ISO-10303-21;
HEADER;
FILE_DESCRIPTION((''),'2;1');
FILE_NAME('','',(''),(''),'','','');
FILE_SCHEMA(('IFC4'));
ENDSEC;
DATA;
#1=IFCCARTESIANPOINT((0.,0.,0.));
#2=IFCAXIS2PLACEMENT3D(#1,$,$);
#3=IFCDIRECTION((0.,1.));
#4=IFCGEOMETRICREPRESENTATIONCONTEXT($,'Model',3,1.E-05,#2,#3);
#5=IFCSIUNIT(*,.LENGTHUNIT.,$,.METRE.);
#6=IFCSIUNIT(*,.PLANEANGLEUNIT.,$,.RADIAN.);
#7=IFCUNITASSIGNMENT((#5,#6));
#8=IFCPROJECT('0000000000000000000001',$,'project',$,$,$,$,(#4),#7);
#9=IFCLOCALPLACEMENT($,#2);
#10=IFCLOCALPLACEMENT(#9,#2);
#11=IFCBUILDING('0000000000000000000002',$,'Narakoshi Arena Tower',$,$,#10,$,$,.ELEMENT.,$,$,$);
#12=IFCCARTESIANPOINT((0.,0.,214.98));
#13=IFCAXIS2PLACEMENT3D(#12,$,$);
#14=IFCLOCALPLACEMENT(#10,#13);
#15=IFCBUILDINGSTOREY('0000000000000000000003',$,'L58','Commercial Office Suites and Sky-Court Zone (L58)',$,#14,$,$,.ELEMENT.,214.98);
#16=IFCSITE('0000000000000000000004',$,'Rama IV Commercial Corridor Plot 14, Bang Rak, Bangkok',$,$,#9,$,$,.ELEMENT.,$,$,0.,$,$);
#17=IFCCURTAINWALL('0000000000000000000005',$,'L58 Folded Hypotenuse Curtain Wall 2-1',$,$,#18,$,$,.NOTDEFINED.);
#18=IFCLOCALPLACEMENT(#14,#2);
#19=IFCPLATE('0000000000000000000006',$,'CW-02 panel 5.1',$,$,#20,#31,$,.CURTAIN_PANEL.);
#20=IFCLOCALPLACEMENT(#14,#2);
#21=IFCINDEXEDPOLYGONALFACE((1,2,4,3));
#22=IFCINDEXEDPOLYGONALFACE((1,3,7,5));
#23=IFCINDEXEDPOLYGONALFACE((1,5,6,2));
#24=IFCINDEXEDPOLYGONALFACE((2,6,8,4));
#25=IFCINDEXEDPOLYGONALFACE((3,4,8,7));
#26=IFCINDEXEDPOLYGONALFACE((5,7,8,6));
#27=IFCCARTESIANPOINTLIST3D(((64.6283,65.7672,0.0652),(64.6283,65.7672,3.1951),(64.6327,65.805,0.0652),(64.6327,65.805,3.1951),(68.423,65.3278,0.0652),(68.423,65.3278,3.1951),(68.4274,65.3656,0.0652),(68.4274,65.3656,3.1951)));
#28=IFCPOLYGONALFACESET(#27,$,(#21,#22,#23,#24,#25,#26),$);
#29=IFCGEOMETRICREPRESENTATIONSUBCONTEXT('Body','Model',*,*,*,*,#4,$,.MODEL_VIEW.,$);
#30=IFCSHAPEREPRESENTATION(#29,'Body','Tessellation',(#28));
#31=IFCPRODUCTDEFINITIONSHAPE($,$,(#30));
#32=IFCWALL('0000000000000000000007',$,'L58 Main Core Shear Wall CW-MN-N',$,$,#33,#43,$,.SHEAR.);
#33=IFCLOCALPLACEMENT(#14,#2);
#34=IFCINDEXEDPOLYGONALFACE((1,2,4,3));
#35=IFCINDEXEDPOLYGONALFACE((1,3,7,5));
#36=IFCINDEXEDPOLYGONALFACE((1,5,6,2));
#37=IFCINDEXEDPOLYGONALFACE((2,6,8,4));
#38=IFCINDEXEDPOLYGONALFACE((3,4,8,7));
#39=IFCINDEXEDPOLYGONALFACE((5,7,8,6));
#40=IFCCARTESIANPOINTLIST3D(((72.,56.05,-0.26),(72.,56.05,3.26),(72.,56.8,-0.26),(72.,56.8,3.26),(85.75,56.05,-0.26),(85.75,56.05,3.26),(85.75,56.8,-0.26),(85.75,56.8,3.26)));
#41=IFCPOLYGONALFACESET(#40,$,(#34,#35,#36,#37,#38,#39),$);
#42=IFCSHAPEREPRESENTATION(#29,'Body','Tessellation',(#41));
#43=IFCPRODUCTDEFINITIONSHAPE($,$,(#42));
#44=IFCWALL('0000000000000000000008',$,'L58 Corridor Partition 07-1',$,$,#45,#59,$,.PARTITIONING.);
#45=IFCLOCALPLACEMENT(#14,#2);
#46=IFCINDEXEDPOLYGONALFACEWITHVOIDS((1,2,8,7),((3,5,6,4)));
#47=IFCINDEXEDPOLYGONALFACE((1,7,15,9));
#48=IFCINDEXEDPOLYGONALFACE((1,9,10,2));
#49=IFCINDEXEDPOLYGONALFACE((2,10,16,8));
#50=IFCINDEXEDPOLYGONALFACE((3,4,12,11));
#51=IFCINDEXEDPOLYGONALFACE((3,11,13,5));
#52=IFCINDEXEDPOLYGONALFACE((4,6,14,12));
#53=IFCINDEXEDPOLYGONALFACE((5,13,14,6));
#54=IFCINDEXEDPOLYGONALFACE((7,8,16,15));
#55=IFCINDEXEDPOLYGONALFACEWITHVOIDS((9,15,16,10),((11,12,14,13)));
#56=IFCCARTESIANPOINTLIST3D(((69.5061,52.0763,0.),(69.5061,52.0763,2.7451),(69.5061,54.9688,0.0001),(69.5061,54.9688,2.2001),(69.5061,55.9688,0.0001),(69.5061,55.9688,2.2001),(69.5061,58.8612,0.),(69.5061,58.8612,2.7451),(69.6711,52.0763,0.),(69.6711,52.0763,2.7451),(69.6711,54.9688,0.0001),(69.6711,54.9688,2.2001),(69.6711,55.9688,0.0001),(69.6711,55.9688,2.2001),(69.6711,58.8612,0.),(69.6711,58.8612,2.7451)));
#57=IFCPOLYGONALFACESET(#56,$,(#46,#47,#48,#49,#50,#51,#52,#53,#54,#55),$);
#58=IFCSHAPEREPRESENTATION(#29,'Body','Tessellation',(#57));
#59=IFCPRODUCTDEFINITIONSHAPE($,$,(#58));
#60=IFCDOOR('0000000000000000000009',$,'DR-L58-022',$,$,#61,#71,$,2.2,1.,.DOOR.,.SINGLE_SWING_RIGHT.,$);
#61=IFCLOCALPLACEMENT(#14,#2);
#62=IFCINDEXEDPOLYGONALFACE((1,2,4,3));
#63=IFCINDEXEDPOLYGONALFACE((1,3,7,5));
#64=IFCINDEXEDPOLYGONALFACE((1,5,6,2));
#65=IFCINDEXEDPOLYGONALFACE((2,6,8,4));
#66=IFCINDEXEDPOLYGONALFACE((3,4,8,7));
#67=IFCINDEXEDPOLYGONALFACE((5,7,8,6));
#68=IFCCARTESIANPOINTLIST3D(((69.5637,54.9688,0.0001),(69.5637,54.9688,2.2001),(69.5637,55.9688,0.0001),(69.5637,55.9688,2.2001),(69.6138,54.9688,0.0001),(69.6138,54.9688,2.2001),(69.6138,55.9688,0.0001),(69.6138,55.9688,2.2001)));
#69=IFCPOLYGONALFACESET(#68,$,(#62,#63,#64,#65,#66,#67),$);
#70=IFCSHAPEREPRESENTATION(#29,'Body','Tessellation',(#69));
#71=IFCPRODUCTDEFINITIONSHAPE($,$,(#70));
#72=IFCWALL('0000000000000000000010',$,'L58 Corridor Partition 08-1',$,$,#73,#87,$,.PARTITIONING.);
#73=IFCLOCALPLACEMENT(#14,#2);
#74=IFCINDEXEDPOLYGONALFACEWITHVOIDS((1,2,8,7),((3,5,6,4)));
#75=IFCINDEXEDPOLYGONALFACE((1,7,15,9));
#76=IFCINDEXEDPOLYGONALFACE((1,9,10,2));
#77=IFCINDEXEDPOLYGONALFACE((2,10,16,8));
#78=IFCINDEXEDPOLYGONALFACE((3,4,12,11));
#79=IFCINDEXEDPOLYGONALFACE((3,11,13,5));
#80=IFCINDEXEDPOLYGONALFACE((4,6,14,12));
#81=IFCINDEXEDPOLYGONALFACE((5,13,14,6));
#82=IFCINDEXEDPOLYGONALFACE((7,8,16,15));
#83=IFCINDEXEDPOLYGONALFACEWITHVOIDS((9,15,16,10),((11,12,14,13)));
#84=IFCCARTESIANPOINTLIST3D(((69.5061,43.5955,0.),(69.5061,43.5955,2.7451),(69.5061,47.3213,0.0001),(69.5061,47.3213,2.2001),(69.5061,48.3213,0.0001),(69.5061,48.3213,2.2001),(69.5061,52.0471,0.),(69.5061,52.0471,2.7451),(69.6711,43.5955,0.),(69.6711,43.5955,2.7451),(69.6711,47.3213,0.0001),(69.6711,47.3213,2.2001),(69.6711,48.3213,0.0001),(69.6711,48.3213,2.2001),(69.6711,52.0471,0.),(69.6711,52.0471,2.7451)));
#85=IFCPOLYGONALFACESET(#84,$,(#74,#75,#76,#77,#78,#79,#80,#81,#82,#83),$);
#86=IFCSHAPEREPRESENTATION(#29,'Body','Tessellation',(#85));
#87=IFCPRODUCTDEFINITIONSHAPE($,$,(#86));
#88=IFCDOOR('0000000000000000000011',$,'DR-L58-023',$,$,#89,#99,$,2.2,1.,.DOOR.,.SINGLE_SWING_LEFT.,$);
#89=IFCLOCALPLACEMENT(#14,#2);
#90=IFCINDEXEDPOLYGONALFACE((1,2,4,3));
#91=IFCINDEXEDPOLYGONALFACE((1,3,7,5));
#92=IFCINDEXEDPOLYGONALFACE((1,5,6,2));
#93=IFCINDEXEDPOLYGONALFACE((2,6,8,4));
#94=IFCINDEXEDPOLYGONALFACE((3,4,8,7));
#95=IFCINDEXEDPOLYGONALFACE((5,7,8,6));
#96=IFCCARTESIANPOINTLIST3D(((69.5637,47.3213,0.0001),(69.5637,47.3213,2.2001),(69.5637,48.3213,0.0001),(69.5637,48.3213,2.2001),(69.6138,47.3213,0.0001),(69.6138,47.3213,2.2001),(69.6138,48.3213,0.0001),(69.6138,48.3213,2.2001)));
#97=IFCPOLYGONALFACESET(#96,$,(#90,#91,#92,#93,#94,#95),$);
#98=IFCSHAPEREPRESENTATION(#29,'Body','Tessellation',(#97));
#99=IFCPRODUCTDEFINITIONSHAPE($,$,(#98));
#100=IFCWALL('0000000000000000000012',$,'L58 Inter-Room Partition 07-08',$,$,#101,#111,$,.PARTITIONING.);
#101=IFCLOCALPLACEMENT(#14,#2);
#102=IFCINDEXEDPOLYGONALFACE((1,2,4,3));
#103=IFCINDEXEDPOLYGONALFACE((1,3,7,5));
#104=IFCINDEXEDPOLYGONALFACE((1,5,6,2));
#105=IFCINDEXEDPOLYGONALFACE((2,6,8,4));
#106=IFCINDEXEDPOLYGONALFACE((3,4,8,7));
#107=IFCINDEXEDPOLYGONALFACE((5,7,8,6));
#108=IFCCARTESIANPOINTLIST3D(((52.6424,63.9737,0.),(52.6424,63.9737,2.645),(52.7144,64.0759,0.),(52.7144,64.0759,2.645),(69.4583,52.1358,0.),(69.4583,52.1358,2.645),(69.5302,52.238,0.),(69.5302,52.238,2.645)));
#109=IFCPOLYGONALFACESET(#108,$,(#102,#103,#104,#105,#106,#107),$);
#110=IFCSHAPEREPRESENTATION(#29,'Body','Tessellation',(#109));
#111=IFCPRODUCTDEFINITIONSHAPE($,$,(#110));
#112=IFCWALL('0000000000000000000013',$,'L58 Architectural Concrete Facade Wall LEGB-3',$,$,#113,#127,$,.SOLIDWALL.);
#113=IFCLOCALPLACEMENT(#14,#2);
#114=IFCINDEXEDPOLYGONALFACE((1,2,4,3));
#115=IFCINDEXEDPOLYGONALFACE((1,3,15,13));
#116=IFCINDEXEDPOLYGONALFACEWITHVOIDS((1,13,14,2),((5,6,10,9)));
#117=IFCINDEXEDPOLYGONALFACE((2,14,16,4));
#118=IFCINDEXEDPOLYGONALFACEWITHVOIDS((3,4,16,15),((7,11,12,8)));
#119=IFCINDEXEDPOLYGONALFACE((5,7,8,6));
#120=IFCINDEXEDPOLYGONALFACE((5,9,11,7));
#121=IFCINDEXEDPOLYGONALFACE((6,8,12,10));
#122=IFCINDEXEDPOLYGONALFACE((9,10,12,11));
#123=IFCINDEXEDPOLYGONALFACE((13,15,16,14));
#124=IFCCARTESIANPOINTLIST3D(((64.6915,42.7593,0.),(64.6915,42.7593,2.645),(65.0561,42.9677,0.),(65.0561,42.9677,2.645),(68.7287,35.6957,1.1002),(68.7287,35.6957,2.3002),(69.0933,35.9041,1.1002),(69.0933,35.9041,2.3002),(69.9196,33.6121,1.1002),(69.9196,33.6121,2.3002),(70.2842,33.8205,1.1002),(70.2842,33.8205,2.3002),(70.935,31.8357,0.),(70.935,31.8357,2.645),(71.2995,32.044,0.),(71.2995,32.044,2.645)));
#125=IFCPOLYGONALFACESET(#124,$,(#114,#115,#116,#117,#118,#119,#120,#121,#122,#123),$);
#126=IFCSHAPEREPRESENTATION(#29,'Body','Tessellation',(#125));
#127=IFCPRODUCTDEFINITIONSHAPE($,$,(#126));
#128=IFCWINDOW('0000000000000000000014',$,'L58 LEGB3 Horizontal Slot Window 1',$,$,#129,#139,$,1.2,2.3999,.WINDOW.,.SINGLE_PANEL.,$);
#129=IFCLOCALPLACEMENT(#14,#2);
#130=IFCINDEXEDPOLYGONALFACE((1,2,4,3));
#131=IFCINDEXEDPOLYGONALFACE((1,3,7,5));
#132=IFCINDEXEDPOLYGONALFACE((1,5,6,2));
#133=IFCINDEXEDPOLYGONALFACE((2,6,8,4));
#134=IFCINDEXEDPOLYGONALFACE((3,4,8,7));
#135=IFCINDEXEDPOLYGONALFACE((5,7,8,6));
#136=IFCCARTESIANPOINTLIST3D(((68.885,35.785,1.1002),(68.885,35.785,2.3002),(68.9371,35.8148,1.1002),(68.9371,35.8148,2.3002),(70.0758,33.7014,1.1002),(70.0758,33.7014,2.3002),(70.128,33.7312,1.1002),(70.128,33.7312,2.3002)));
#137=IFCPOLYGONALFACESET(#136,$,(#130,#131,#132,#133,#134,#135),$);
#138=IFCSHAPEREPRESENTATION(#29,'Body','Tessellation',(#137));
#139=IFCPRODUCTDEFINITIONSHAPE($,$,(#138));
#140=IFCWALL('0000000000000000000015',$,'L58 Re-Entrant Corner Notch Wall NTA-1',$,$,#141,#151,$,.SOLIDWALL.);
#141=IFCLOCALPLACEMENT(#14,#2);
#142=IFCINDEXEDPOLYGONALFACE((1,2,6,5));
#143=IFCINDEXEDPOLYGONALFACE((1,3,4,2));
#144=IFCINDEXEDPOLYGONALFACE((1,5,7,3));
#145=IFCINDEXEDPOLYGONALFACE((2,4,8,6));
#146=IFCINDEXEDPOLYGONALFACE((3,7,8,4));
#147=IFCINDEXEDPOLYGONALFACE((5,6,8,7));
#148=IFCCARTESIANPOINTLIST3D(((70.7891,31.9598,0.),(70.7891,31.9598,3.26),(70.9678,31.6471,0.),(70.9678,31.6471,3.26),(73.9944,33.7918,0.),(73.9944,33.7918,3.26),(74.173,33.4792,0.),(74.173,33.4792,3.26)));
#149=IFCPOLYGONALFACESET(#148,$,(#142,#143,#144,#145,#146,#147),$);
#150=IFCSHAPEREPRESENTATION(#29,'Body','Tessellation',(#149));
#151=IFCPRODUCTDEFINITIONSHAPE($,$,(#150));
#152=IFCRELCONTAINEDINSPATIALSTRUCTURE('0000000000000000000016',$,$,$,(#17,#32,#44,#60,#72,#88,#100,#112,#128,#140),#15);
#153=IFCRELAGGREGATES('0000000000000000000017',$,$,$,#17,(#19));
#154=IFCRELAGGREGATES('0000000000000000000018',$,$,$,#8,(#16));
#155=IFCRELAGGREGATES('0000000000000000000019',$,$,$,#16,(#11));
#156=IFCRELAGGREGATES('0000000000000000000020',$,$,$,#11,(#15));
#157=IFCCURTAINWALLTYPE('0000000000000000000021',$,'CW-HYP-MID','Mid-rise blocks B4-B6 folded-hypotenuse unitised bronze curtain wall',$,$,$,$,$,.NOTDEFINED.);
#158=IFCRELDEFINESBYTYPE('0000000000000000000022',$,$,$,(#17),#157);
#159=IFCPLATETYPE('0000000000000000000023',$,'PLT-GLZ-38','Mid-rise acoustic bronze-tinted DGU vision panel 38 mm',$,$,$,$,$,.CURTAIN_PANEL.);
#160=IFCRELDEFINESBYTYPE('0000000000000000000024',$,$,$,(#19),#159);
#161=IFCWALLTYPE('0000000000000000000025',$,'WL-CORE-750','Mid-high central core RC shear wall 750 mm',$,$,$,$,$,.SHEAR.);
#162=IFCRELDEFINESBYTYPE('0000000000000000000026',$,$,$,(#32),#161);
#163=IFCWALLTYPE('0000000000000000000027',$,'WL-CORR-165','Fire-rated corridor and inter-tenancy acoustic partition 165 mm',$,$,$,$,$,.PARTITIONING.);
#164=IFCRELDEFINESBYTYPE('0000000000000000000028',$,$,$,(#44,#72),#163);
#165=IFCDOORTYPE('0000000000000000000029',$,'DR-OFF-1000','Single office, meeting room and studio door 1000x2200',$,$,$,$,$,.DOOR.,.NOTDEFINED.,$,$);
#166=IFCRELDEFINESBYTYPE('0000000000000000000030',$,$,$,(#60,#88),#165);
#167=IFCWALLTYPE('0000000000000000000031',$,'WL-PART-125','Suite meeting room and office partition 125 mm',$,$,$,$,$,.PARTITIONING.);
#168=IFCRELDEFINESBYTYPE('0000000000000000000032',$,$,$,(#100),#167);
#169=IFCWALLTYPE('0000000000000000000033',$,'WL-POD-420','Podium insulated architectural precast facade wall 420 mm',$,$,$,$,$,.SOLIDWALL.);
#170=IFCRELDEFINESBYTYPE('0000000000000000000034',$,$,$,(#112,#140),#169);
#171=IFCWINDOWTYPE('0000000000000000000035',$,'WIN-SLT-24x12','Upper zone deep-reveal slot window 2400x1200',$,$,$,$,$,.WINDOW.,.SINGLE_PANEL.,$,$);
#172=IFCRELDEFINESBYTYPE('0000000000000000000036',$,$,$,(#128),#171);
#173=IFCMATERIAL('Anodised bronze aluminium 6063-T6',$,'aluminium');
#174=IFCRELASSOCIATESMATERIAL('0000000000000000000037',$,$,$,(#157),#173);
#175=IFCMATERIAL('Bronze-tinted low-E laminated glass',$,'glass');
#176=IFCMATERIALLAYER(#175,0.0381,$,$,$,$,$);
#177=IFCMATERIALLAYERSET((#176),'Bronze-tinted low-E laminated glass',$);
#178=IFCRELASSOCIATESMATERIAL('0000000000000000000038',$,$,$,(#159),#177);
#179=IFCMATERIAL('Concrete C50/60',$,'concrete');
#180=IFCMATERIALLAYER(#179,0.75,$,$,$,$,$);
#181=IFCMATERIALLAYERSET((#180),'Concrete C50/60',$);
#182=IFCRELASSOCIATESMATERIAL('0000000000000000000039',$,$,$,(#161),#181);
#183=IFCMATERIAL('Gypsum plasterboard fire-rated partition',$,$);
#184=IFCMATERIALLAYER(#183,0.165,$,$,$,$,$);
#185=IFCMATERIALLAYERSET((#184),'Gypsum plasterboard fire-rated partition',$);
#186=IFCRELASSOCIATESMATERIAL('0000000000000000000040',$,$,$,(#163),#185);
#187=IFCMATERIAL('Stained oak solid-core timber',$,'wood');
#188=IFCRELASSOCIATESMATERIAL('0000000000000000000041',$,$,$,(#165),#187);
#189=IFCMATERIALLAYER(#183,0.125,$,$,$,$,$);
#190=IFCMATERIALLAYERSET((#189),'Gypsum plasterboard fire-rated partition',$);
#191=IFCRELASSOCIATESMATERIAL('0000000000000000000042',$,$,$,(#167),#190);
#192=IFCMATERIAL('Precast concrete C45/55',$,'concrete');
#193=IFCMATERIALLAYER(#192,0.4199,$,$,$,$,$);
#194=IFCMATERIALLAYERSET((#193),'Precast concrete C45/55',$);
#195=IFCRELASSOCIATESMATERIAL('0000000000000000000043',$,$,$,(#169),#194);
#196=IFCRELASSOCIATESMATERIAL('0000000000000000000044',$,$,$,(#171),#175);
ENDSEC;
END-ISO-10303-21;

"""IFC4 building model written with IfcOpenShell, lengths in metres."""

from ifc_helpers import new_model, si_unit, direction, frame, frame_2d, origin, origin_2d, place, context, subcontext, project, spatial, rectangle, extrude, material, layer, layer_set, type_object, element, fill, aggregate, save


model = new_model("IFC4")

# Units and contexts
model_context = context("Model", 3, precision=1e-05, world=origin(), true_north=direction((0.0, 1.0)))
body_context = subcontext(model_context, "Body", "Model", "MODEL_VIEW")
ifc_project = project(units=[si_unit("LENGTHUNIT", "METRE"), si_unit("PLANEANGLEUNIT", "RADIAN")], contexts=[model_context])

# Site, building, storey
site_placement = place(None, origin())
site = spatial("IfcSite", under=ifc_project, at=site_placement, Name="Rama IV Commercial Corridor Plot 14, Bang Rak, Bangkok", CompositionType="ELEMENT", RefElevation=0.0)
building_placement = place(site_placement, origin())
building = spatial("IfcBuilding", under=site, at=building_placement, Name="Narakoshi Arena Tower", CompositionType="ELEMENT")
storey_placement = place(building_placement, frame((0.0, 0.0, 214.98)))
storey = spatial("IfcBuildingStorey", under=building, at=storey_placement, Name="L58", Description="Commercial Office Suites and Sky-Court Zone (L58)", CompositionType="ELEMENT", Elevation=214.98)

# Shared definitions
ifc_material_1 = material(Name="Concrete C50/60", Category="concrete")

# Curtain wall, plate
ifc_material_2 = material(Name="Anodised bronze aluminium 6063-T6", Category="aluminium")
curtain_wall_type = type_object("IfcCurtainWallType", Name="CW-HYP-MID", Description="Mid-rise blocks B4-B6 folded-hypotenuse unitised bronze curtain wall", PredefinedType="NOTDEFINED", material=ifc_material_2)
curtain_wall_placement = place(storey_placement, origin())
curtain_wall = element("IfcCurtainWall", 1, at=curtain_wall_placement, inside=storey, type_object=curtain_wall_type, Name="L58 Folded Hypotenuse Curtain Wall 2-1", PredefinedType="NOTDEFINED")
ifc_material_3 = material(Name="Bronze-tinted low-E laminated glass", Category="glass")
ifc_layer_1 = layer(ifc_material_3, 0.0381)
ifc_layer_set_1 = layer_set([ifc_layer_1], Name="Bronze-tinted low-E laminated glass")
plate_type = type_object("IfcPlateType", Name="PLT-GLZ-38", Description="Mid-rise acoustic bronze-tinted DGU vision panel 38 mm", PredefinedType="CURTAIN_PANEL", material=ifc_layer_set_1)
plate_1_placement = place(storey_placement, frame((66.5278, 65.5664, 0.0652), z_axis=(0.0, 0.0, 1.0), x_axis=(-0.993364, 0.115011, 0.0)))
plate_1 = element("IfcPlate", 2, at=plate_1_placement, type_object=plate_type, Name="CW-02 panel 5.1", PredefinedType="CURTAIN_PANEL", context=body_context, shape_type="SweptSolid", body=[
    extrude(rectangle(XDim=3.8201, YDim=0.0381, at=origin_2d()), origin(), (0.0, 0.0, 1.0), 3.1299),
])
aggregate(curtain_wall, [plate_1])

# Wall
ifc_layer_2 = layer(ifc_material_1, 0.75)
ifc_layer_set_2 = layer_set([ifc_layer_2], Name="Concrete C50/60")
wall_type_1 = type_object("IfcWallType", Name="WL-CORE-750", Description="Mid-high central core RC shear wall 750 mm", PredefinedType="SHEAR", material=ifc_layer_set_2)
wall_1_placement = place(storey_placement, frame((72.0, 56.425, -0.26), z_axis=(0.0, 0.0, 1.0), x_axis=(1.0, 0.0, 0.0)))
element("IfcWall", 3, at=wall_1_placement, inside=storey, type_object=wall_type_1, Name="L58 Main Core Shear Wall CW-MN-N", PredefinedType="SHEAR", context=body_context, shape_type="SweptSolid", body=[
    extrude(rectangle(XDim=13.75, YDim=0.75, at=frame_2d((6.875, 0.0))), origin(), (0.0, 0.0, 1.0), 3.52),
])

# Walls, openings, doors
ifc_material_4 = material(Name="Gypsum plasterboard fire-rated partition")
ifc_layer_3 = layer(ifc_material_4, 0.165)
ifc_layer_set_3 = layer_set([ifc_layer_3], Name="Gypsum plasterboard fire-rated partition")
wall_type_2 = type_object("IfcWallType", Name="WL-CORR-165", Description="Fire-rated corridor and inter-tenancy acoustic partition 165 mm", PredefinedType="PARTITIONING", material=ifc_layer_set_3)
wall_2_placement = place(storey_placement, frame((69.5886, 58.8613, 0.0), z_axis=(0.0, 0.0, 1.0), x_axis=(0.0, -1.0, 0.0)))
wall_2 = element("IfcWall", 4, at=wall_2_placement, inside=storey, type_object=wall_type_2, Name="L58 Corridor Partition 07-1", PredefinedType="PARTITIONING", context=body_context, shape_type="SweptSolid", body=[
    extrude(rectangle(XDim=6.7849, YDim=0.165, at=frame_2d((3.3926, 0.0))), origin(), (0.0, 0.0, 1.0), 2.7451),
])
opening_1_placement = place(wall_2_placement, frame((2.8926, 0.0, 0.0)))
opening_1 = element("IfcOpeningElement", 5, at=opening_1_placement, cuts=wall_2, PredefinedType="OPENING", context=body_context, shape_type="SweptSolid", body=[
    extrude(rectangle(XDim=1.0, YDim=2.2, at=frame_2d((0.5, 1.1001))), frame((0.0, 0.0925, 0.0), z_axis=(0.0, -1.0, 0.0), x_axis=(1.0, 0.0, 0.0)), (0.0, 0.0, 1.0), 0.1851),
])
ifc_material_5 = material(Name="Stained oak solid-core timber", Category="wood")
door_type_1 = type_object("IfcDoorType", Name="DR-OFF-1000", Description="Single office, meeting room and studio door 1000x2200", OperationType="NOTDEFINED", PredefinedType="DOOR", material=ifc_material_5)
door_1_placement = place(opening_1_placement, frame((1.0, 0.0, 0.0), z_axis=(0.0, 0.0, 1.0), x_axis=(-1.0, 0.0, 0.0)))
door_1 = element("IfcDoor", 6, at=door_1_placement, inside=storey, type_object=door_type_1, Name="DR-L58-022", OperationType="SINGLE_SWING_RIGHT", OverallHeight=2.2, OverallWidth=1.0, PredefinedType="DOOR", context=body_context, shape_type="SweptSolid", body=[
    extrude(rectangle(XDim=1.0, YDim=2.2, at=frame_2d((0.5, 1.1001))), frame((0.0, 0.0249, 0.0), z_axis=(0.0, -1.0, 0.0), x_axis=(1.0, 0.0, 0.0)), (0.0, 0.0, 1.0), 0.05),
])
fill(opening_1, door_1)
wall_3_placement = place(storey_placement, frame((69.5886, 52.0471, 0.0), z_axis=(0.0, 0.0, 1.0), x_axis=(0.0, -1.0, 0.0)))
wall_3 = element("IfcWall", 7, at=wall_3_placement, inside=storey, type_object=wall_type_2, Name="L58 Corridor Partition 08-1", PredefinedType="PARTITIONING", context=body_context, shape_type="SweptSolid", body=[
    extrude(rectangle(XDim=8.4517, YDim=0.165, at=frame_2d((4.2258, 0.0))), origin(), (0.0, 0.0, 1.0), 2.7451),
])
opening_2_placement = place(wall_3_placement, frame((3.7258, 0.0, 0.0)))
opening_2 = element("IfcOpeningElement", 8, at=opening_2_placement, cuts=wall_3, PredefinedType="OPENING", context=body_context, shape_type="SweptSolid", body=[
    extrude(rectangle(XDim=1.0, YDim=2.2, at=frame_2d((0.5, 1.1001))), frame((0.0, 0.0925, 0.0), z_axis=(0.0, -1.0, 0.0), x_axis=(1.0, 0.0, 0.0)), (0.0, 0.0, 1.0), 0.1851),
])
door_2_placement = place(opening_2_placement, frame((1.0, 0.0, 0.0), z_axis=(0.0, 0.0, 1.0), x_axis=(-1.0, 0.0, 0.0)))
door_2 = element("IfcDoor", 9, at=door_2_placement, inside=storey, type_object=door_type_1, Name="DR-L58-023", OperationType="SINGLE_SWING_LEFT", OverallHeight=2.2, OverallWidth=1.0, PredefinedType="DOOR", context=body_context, shape_type="SweptSolid", body=[
    extrude(rectangle(XDim=1.0, YDim=2.2, at=frame_2d((0.5, 1.1001))), frame((0.0, 0.0249, 0.0), z_axis=(0.0, -1.0, 0.0), x_axis=(1.0, 0.0, 0.0)), (0.0, 0.0, 1.0), 0.05),
])
fill(opening_2, door_2)

# Wall
ifc_layer_4 = layer(ifc_material_4, 0.125)
ifc_layer_set_4 = layer_set([ifc_layer_4], Name="Gypsum plasterboard fire-rated partition")
wall_type_3 = type_object("IfcWallType", Name="WL-PART-125", Description="Suite meeting room and office partition 125 mm", PredefinedType="PARTITIONING", material=ifc_layer_set_4)
wall_4_placement = place(storey_placement, frame((69.4941, 52.187, 0.0), z_axis=(0.0, 0.0, 1.0), x_axis=(-0.817704, 0.575639, 0.0)))
element("IfcWall", 10, at=wall_4_placement, inside=storey, type_object=wall_type_3, Name="L58 Inter-Room Partition 07-08", PredefinedType="PARTITIONING", context=body_context, shape_type="SweptSolid", body=[
    extrude(rectangle(XDim=20.5647, YDim=0.125, at=frame_2d((10.2822, 0.0))), origin(), (0.0, 0.0, 1.0), 2.645),
])

# Wall, opening, window
ifc_material_6 = material(Name="Precast concrete C45/55", Category="concrete")
ifc_layer_5 = layer(ifc_material_6, 0.4199)
ifc_layer_set_5 = layer_set([ifc_layer_5], Name="Precast concrete C45/55")
wall_type_4 = type_object("IfcWallType", Name="WL-POD-420", Description="Podium insulated architectural precast facade wall 420 mm", PredefinedType="SOLIDWALL", material=ifc_layer_set_5)
wall_5_placement = place(storey_placement, frame((64.8738, 42.8635, 0.0), z_axis=(0.0, 0.0, 1.0), x_axis=(0.49622, -0.868197, 0.0)))
wall_5 = element("IfcWall", 11, at=wall_5_placement, inside=storey, type_object=wall_type_4, Name="L58 Architectural Concrete Facade Wall LEGB-3", PredefinedType="SOLIDWALL", context=body_context, shape_type="SweptSolid", body=[
    extrude(rectangle(XDim=12.582, YDim=0.4199, at=frame_2d((6.291, 0.0))), origin(), (0.0, 0.0, 1.0), 2.645),
])
opening_3_placement = place(wall_5_placement, frame((8.136, 0.0, 1.1001)))
opening_3 = element("IfcOpeningElement", 12, at=opening_3_placement, cuts=wall_5, PredefinedType="OPENING", context=body_context, shape_type="SweptSolid", body=[
    extrude(rectangle(XDim=2.3999, YDim=1.2, at=frame_2d((1.2, 0.6001))), frame((0.0, 0.22, 0.0), z_axis=(0.0, -1.0, 0.0), x_axis=(1.0, 0.0, 0.0)), (0.0, 0.0, 1.0), 0.4399),
])
window_type = type_object("IfcWindowType", Name="WIN-SLT-24x12", Description="Upper zone deep-reveal slot window 2400x1200", PartitioningType="SINGLE_PANEL", PredefinedType="WINDOW", material=ifc_material_3)
window_placement = place(opening_3_placement, origin())
window = element("IfcWindow", 13, at=window_placement, inside=storey, type_object=window_type, Name="L58 LEGB3 Horizontal Slot Window 1", OverallHeight=1.2, OverallWidth=2.3999, PartitioningType="SINGLE_PANEL", PredefinedType="WINDOW", context=body_context, shape_type="SweptSolid", body=[
    extrude(rectangle(XDim=2.3999, YDim=1.2, at=frame_2d((1.2, 0.6001))), frame((0.0, 0.03, 0.0), z_axis=(0.0, -1.0, 0.0), x_axis=(1.0, 0.0, 0.0)), (0.0, 0.0, 1.0), 0.0601),
])
fill(opening_3, window)

# Wall
wall_6_placement = place(storey_placement, frame((70.8784, 31.8035, 0.0), z_axis=(0.0, 0.0, 1.0), x_axis=(0.868194, 0.496224, 0.0)))
element("IfcWall", 14, at=wall_6_placement, inside=storey, type_object=wall_type_4, Name="L58 Re-Entrant Corner Notch Wall NTA-1", PredefinedType="SOLIDWALL", context=body_context, shape_type="SweptSolid", body=[
    extrude(rectangle(XDim=3.6919, YDim=0.3601, at=frame_2d((1.8459, 0.0))), origin(), (0.0, 0.0, 1.0), 3.26),
])

save(model, "model.ifc")
